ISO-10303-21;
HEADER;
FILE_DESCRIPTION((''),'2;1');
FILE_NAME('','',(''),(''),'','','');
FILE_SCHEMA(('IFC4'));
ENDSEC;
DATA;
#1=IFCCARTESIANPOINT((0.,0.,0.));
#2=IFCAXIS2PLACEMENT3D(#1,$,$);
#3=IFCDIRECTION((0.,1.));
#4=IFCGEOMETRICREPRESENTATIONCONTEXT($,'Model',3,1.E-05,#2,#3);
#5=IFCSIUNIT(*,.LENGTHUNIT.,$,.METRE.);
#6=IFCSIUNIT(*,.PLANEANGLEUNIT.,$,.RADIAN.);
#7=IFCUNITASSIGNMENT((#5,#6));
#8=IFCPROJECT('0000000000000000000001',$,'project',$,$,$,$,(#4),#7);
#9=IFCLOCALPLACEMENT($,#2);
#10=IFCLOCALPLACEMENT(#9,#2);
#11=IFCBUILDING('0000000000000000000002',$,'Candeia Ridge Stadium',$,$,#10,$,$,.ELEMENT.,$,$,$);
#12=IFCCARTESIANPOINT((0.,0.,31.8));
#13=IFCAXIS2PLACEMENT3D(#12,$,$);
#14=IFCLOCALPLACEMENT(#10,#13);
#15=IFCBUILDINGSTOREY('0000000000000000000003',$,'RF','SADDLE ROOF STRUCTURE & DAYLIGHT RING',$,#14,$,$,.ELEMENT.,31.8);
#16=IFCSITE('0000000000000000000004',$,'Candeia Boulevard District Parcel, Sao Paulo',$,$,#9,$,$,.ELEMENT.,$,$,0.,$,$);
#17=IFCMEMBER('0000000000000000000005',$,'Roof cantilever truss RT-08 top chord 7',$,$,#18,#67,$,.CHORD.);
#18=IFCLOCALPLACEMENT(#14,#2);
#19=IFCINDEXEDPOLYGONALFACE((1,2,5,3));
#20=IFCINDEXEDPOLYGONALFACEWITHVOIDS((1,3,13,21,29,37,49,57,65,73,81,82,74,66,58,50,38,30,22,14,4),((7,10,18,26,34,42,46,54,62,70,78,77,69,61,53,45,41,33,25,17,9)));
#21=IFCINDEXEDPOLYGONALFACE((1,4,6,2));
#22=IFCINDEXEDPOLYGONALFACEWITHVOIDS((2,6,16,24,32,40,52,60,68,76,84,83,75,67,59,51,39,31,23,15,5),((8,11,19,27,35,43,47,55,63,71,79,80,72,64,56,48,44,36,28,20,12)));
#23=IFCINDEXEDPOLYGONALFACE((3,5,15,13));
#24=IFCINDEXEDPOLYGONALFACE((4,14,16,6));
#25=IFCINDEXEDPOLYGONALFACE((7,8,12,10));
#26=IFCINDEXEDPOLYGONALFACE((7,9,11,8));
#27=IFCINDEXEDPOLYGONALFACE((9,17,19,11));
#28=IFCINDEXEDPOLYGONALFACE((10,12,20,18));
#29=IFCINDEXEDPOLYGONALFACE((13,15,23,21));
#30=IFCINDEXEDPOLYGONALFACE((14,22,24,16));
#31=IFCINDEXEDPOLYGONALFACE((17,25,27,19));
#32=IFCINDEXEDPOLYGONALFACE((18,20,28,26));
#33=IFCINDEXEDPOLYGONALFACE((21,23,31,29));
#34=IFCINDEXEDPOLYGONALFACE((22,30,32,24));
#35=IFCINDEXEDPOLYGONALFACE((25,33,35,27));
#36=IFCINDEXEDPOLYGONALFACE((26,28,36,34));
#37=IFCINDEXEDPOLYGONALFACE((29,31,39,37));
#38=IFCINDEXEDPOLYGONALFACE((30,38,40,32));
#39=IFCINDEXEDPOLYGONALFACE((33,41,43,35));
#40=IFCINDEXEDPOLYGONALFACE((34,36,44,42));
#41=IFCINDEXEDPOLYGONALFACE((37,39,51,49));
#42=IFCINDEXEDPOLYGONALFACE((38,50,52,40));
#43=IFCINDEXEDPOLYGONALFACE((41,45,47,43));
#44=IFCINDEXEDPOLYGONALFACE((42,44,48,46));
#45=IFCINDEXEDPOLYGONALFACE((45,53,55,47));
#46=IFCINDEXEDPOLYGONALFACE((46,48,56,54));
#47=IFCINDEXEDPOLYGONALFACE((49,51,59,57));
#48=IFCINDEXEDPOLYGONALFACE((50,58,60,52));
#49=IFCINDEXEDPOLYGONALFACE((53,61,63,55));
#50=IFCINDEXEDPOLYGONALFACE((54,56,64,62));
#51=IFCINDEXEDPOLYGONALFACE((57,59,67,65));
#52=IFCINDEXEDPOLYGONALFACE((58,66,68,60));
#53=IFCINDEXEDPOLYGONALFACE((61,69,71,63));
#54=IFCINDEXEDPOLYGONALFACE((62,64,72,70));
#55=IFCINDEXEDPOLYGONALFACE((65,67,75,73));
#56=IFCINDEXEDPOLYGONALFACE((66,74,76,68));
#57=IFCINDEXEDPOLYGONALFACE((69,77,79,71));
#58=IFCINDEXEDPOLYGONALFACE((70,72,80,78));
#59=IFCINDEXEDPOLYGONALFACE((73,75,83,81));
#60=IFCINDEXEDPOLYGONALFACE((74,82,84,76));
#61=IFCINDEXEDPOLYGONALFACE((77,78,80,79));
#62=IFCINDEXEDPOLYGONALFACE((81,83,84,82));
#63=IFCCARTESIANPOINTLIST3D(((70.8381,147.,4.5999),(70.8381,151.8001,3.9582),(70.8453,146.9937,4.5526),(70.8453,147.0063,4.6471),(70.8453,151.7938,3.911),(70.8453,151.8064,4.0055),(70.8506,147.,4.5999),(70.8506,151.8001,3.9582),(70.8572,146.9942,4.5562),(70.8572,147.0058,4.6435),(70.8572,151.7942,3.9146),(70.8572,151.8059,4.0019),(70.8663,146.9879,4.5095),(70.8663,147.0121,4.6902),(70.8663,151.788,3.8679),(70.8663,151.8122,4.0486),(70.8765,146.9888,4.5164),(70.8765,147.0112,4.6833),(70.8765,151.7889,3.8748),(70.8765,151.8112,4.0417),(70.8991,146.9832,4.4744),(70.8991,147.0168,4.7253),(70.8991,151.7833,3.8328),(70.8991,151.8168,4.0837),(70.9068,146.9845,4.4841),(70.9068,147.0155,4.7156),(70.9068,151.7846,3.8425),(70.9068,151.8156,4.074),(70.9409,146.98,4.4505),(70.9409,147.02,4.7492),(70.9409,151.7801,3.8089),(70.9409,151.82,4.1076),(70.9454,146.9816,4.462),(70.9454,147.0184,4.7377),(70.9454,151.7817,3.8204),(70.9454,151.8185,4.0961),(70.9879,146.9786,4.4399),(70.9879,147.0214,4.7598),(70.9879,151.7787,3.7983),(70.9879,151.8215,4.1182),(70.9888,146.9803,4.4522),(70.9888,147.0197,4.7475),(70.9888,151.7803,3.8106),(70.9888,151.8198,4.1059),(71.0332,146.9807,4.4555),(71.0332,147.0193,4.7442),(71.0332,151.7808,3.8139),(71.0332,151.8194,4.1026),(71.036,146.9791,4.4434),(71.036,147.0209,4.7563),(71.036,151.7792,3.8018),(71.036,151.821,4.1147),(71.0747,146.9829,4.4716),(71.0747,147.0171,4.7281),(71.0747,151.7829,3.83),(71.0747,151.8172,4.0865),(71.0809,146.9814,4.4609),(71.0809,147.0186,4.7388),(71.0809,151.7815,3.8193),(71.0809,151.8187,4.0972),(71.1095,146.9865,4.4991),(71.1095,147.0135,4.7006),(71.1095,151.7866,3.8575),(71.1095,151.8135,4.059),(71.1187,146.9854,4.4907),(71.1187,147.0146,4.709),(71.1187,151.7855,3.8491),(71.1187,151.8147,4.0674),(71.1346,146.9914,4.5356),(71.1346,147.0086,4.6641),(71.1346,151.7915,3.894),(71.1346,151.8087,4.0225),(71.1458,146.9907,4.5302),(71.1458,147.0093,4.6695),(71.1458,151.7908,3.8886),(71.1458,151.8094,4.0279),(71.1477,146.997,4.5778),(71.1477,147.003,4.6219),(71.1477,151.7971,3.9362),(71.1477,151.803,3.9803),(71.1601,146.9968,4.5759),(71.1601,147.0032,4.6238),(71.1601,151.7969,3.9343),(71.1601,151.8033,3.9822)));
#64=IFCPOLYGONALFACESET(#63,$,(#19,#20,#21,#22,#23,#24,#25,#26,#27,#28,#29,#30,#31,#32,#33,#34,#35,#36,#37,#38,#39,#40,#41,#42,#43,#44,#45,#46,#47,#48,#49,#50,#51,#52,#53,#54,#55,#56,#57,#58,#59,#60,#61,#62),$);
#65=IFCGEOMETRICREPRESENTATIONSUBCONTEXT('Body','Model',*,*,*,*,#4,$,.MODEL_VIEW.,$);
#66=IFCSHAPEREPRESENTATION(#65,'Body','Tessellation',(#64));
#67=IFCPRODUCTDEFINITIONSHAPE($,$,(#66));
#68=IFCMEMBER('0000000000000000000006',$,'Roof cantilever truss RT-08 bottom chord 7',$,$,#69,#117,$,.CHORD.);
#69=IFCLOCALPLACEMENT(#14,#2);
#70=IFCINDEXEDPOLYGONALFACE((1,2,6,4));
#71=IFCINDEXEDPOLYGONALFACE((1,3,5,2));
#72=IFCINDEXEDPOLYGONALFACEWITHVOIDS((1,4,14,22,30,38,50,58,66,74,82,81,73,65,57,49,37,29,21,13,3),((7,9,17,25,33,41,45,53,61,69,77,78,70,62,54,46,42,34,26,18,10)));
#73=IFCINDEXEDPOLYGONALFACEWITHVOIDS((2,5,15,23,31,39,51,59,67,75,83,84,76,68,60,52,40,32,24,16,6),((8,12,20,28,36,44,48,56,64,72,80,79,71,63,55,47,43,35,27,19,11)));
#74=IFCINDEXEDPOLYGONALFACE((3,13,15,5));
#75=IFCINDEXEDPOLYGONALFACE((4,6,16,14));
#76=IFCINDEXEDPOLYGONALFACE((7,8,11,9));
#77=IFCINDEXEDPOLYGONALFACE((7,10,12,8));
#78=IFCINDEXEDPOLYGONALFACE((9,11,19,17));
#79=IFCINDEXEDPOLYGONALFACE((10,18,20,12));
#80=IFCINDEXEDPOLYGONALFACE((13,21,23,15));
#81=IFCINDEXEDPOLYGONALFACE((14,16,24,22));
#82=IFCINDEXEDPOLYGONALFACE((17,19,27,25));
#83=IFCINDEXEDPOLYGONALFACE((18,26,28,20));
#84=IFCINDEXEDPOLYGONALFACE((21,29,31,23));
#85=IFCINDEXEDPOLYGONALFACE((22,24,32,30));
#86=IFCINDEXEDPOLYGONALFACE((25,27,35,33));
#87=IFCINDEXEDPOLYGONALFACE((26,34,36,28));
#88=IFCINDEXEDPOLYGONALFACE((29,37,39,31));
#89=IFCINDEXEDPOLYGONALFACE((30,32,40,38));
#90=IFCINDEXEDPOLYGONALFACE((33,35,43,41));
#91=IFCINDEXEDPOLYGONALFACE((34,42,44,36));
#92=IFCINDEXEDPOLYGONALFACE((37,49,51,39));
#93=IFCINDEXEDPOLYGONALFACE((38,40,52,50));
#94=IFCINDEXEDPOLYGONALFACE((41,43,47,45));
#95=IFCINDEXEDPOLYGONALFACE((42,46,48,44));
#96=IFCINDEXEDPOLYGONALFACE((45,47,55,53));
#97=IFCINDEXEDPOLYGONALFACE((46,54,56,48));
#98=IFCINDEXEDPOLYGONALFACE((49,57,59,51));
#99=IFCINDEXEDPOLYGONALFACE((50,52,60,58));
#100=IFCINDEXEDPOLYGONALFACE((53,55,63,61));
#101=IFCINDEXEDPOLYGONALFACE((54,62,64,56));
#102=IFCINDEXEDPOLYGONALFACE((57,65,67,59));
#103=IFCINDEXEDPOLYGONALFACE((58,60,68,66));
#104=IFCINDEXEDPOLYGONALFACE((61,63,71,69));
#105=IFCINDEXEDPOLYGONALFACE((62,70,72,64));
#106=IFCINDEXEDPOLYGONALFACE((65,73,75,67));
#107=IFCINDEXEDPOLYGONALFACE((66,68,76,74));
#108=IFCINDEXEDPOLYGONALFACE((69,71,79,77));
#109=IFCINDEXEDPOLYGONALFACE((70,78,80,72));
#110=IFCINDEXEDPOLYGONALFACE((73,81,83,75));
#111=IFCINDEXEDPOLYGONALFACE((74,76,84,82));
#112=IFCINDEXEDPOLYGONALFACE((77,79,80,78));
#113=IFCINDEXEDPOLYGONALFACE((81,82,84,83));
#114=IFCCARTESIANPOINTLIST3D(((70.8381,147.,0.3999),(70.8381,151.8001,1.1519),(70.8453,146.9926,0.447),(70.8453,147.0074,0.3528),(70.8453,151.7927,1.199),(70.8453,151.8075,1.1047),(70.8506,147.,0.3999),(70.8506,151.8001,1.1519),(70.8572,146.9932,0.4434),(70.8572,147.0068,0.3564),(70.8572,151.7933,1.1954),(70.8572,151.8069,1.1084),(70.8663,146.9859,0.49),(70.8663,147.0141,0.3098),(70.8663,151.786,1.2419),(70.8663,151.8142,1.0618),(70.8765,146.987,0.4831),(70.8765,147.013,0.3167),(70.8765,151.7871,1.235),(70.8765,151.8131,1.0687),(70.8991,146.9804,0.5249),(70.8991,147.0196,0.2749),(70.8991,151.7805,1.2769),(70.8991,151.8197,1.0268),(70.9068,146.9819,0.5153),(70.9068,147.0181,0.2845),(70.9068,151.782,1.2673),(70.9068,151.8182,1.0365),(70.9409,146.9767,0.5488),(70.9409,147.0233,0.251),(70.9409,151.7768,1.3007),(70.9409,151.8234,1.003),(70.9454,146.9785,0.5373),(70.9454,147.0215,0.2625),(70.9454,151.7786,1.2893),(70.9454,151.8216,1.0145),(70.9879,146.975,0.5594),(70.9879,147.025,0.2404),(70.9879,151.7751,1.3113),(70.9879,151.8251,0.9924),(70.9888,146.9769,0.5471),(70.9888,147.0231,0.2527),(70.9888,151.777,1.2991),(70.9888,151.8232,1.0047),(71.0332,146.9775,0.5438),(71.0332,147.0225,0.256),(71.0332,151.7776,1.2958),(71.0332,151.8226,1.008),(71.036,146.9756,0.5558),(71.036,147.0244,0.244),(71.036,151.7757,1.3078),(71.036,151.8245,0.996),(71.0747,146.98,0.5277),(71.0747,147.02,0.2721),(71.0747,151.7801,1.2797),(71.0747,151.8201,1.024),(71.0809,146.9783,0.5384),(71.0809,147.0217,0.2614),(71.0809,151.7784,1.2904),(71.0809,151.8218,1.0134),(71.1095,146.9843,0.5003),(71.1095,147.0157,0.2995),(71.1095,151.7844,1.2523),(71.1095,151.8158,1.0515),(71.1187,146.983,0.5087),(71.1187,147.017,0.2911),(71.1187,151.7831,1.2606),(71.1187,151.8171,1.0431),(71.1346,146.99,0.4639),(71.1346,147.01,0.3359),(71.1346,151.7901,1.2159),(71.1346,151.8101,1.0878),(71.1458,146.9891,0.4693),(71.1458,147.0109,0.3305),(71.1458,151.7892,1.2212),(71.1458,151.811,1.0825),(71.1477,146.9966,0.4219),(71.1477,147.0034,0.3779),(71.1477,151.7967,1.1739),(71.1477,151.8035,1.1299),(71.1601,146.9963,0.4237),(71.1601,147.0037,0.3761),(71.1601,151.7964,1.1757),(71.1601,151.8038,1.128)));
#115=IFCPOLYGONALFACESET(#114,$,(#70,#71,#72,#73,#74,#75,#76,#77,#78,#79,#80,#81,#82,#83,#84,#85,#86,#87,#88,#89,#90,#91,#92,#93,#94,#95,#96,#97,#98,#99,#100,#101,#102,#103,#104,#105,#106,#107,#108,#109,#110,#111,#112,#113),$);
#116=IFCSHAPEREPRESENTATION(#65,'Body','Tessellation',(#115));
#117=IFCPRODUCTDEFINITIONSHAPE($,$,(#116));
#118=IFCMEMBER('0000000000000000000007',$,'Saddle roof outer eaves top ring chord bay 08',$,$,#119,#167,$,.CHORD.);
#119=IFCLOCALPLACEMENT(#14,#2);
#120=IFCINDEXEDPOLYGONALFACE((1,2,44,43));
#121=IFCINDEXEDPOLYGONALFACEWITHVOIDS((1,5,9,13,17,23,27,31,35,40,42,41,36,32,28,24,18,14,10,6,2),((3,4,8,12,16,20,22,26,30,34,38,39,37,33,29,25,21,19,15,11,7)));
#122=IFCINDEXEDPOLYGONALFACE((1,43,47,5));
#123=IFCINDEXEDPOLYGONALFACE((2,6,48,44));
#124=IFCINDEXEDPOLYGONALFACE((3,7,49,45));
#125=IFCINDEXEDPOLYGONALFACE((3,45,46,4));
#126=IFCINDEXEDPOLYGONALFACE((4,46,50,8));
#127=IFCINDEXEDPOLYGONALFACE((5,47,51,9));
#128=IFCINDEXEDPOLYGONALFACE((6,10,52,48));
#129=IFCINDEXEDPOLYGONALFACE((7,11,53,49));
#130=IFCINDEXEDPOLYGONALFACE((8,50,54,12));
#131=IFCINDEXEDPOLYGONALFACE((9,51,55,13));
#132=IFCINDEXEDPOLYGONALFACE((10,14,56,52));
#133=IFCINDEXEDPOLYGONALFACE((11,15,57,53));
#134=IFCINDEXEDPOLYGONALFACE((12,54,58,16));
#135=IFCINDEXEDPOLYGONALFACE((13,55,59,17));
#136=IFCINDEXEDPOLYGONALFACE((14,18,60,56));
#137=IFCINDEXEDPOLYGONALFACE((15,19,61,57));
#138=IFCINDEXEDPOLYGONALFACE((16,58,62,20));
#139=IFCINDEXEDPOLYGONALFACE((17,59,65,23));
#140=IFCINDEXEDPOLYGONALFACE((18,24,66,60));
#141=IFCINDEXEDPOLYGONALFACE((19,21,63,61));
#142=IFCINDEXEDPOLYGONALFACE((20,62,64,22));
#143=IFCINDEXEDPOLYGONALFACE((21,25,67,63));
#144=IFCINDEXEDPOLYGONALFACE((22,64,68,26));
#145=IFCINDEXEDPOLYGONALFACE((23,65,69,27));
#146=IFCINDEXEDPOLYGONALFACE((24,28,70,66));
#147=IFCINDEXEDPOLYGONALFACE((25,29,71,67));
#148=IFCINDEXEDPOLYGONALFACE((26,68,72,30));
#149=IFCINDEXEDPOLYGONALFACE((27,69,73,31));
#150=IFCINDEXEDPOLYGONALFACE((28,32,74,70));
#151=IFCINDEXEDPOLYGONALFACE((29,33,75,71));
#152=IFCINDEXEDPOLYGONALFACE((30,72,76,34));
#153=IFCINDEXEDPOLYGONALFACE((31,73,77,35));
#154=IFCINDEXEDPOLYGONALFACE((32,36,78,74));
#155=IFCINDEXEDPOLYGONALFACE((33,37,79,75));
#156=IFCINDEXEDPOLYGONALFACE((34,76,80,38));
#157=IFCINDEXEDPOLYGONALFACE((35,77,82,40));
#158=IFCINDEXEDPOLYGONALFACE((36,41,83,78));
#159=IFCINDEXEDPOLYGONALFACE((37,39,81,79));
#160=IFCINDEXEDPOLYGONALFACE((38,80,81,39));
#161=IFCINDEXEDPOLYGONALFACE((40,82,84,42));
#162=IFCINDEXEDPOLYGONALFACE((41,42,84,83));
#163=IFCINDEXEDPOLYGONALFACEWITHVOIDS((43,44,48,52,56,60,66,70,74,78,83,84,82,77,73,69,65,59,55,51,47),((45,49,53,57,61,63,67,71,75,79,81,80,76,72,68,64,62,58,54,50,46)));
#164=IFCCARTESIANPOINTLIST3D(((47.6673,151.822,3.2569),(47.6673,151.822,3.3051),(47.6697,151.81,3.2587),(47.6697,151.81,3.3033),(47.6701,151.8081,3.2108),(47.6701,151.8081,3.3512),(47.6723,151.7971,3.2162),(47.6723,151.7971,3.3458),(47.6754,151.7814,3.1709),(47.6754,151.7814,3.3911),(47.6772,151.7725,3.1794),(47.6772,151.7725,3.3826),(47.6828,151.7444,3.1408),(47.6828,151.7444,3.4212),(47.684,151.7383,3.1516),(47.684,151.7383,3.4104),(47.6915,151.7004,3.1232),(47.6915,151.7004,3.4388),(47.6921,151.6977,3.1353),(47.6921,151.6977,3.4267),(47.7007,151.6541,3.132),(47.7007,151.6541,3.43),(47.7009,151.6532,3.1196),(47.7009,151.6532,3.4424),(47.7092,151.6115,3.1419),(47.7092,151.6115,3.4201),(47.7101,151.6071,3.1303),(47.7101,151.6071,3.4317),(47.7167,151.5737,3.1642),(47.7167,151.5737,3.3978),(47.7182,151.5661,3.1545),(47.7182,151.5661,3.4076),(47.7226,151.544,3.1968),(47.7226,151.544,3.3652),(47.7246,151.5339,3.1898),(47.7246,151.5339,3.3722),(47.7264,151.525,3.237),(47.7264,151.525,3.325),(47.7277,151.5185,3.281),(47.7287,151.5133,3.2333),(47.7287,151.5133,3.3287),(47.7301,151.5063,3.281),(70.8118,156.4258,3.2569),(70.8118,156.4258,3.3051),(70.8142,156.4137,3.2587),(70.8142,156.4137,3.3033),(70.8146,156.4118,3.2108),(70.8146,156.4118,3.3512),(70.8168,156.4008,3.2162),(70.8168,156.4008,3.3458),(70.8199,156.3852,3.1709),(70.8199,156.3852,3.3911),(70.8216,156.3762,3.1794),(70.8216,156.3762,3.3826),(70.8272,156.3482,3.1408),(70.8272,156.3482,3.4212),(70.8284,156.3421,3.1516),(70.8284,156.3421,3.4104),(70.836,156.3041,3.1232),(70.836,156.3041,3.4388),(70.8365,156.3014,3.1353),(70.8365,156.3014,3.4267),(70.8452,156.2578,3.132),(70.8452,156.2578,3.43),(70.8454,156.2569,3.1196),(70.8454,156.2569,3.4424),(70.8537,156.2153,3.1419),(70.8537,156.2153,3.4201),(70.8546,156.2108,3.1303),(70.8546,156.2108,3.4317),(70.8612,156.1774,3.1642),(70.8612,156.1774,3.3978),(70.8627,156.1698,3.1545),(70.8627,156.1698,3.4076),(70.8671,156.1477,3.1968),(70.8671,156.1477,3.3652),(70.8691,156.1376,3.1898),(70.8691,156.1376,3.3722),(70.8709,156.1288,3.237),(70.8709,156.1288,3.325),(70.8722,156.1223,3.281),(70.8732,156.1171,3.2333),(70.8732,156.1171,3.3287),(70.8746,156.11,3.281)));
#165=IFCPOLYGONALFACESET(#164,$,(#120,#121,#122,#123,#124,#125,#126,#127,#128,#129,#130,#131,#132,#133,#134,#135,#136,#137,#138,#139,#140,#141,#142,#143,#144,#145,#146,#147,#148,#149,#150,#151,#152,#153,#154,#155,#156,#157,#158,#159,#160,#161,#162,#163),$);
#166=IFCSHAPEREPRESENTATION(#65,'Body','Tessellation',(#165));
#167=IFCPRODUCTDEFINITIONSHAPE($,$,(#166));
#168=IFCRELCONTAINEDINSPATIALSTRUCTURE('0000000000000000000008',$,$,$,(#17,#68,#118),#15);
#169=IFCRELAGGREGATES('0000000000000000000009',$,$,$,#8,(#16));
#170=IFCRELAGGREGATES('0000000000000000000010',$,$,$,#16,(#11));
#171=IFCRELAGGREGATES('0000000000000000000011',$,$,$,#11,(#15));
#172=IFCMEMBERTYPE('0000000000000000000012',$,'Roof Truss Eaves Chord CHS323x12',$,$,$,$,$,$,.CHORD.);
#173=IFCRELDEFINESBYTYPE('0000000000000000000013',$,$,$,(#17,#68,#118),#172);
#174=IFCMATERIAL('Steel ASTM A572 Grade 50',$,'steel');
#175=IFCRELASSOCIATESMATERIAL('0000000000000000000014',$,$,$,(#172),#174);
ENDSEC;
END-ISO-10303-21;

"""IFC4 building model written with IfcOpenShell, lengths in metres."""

from ifc_helpers import new_model, si_unit, direction, frame, origin, origin_2d, place, context, subcontext, project, spatial, hollow_circle, extrude, material, material_profile, profile_set, type_object, element, save


model = new_model("IFC4")

# Units and contexts
model_context = context("Model", 3, precision=1e-05, world=origin(), true_north=direction((0.0, 1.0)))
body_context = subcontext(model_context, "Body", "Model", "MODEL_VIEW")
ifc_project = project(units=[si_unit("LENGTHUNIT", "METRE"), si_unit("PLANEANGLEUNIT", "RADIAN")], contexts=[model_context])

# Site, building, storey
site_placement = place(None, origin())
site = spatial("IfcSite", under=ifc_project, at=site_placement, Name="Candeia Boulevard District Parcel, Sao Paulo", CompositionType="ELEMENT", RefElevation=0.0)
building_placement = place(site_placement, origin())
building = spatial("IfcBuilding", under=site, at=building_placement, Name="Candeia Ridge Stadium", CompositionType="ELEMENT")
storey_placement = place(building_placement, frame((0.0, 0.0, 31.8)))
storey = spatial("IfcBuildingStorey", under=building, at=storey_placement, Name="RF", Description="SADDLE ROOF STRUCTURE & DAYLIGHT RING", CompositionType="ELEMENT", Elevation=31.8)

# Shared definitions
ifc_material_1 = material(Name="Steel ASTM A572 Grade 50", Category="steel")

# Members
ifc_material_profile_1 = material_profile(ifc_material_1, hollow_circle(Radius=0.1619, WallThickness=0.0125, at=origin_2d()), Name="CHS323x12", Category="steel")
ifc_profile_set_1 = profile_set([ifc_material_profile_1], Name="Steel ASTM A572 Grade 50")
member_type_1 = type_object("IfcMemberType", Name="Roof Truss Eaves Chord CHS323x12", PredefinedType="CHORD", material=ifc_profile_set_1)
member_1_placement = place(storey_placement, frame((71.0, 147.0, 4.5999), z_axis=(0.0, 0.991185, -0.132487), x_axis=(-1.0, 0.0, 0.0)))
element("IfcMember", 1, at=member_1_placement, inside=storey, type_object=member_type_1, Name="Roof cantilever truss RT-08 top chord 7", PredefinedType="CHORD", context=body_context, shape_type="SweptSolid", body=[
    extrude(hollow_circle(Radius=0.1619, WallThickness=0.0125, at=origin_2d()), origin(), (0.0, 0.0, 1.0), 4.8428),
])
member_2_placement = place(storey_placement, frame((71.0, 147.0, 0.3999), z_axis=(0.0, 0.987951, 0.154768), x_axis=(-1.0, 0.0, 0.0)))
element("IfcMember", 2, at=member_2_placement, inside=storey, type_object=member_type_1, Name="Roof cantilever truss RT-08 bottom chord 7", PredefinedType="CHORD", context=body_context, shape_type="SweptSolid", body=[
    extrude(hollow_circle(Radius=0.1619, WallThickness=0.0125, at=origin_2d()), origin(), (0.0, 0.0, 1.0), 4.8586),
])
for number, where, z_axis, x_axis, name in (
    (3, (70.843, 156.2688, 3.281), (-0.980785, -0.195091, 0.0), (0.195091, -0.980785, 0.0), "Saddle roof outer eaves top ring chord bay 08"),
):
    element("IfcMember", number, at=place(storey_placement, frame(where, z_axis=z_axis, x_axis=x_axis)), inside=storey, type_object=member_type_1, Name=name, PredefinedType="CHORD", context=body_context, shape_type="SweptSolid", body=[
        extrude(hollow_circle(Radius=0.1619, WallThickness=0.0125, at=origin_2d()), origin(), (0.0, 0.0, 1.0), 23.5979),
    ])

save(model, "model.ifc")
